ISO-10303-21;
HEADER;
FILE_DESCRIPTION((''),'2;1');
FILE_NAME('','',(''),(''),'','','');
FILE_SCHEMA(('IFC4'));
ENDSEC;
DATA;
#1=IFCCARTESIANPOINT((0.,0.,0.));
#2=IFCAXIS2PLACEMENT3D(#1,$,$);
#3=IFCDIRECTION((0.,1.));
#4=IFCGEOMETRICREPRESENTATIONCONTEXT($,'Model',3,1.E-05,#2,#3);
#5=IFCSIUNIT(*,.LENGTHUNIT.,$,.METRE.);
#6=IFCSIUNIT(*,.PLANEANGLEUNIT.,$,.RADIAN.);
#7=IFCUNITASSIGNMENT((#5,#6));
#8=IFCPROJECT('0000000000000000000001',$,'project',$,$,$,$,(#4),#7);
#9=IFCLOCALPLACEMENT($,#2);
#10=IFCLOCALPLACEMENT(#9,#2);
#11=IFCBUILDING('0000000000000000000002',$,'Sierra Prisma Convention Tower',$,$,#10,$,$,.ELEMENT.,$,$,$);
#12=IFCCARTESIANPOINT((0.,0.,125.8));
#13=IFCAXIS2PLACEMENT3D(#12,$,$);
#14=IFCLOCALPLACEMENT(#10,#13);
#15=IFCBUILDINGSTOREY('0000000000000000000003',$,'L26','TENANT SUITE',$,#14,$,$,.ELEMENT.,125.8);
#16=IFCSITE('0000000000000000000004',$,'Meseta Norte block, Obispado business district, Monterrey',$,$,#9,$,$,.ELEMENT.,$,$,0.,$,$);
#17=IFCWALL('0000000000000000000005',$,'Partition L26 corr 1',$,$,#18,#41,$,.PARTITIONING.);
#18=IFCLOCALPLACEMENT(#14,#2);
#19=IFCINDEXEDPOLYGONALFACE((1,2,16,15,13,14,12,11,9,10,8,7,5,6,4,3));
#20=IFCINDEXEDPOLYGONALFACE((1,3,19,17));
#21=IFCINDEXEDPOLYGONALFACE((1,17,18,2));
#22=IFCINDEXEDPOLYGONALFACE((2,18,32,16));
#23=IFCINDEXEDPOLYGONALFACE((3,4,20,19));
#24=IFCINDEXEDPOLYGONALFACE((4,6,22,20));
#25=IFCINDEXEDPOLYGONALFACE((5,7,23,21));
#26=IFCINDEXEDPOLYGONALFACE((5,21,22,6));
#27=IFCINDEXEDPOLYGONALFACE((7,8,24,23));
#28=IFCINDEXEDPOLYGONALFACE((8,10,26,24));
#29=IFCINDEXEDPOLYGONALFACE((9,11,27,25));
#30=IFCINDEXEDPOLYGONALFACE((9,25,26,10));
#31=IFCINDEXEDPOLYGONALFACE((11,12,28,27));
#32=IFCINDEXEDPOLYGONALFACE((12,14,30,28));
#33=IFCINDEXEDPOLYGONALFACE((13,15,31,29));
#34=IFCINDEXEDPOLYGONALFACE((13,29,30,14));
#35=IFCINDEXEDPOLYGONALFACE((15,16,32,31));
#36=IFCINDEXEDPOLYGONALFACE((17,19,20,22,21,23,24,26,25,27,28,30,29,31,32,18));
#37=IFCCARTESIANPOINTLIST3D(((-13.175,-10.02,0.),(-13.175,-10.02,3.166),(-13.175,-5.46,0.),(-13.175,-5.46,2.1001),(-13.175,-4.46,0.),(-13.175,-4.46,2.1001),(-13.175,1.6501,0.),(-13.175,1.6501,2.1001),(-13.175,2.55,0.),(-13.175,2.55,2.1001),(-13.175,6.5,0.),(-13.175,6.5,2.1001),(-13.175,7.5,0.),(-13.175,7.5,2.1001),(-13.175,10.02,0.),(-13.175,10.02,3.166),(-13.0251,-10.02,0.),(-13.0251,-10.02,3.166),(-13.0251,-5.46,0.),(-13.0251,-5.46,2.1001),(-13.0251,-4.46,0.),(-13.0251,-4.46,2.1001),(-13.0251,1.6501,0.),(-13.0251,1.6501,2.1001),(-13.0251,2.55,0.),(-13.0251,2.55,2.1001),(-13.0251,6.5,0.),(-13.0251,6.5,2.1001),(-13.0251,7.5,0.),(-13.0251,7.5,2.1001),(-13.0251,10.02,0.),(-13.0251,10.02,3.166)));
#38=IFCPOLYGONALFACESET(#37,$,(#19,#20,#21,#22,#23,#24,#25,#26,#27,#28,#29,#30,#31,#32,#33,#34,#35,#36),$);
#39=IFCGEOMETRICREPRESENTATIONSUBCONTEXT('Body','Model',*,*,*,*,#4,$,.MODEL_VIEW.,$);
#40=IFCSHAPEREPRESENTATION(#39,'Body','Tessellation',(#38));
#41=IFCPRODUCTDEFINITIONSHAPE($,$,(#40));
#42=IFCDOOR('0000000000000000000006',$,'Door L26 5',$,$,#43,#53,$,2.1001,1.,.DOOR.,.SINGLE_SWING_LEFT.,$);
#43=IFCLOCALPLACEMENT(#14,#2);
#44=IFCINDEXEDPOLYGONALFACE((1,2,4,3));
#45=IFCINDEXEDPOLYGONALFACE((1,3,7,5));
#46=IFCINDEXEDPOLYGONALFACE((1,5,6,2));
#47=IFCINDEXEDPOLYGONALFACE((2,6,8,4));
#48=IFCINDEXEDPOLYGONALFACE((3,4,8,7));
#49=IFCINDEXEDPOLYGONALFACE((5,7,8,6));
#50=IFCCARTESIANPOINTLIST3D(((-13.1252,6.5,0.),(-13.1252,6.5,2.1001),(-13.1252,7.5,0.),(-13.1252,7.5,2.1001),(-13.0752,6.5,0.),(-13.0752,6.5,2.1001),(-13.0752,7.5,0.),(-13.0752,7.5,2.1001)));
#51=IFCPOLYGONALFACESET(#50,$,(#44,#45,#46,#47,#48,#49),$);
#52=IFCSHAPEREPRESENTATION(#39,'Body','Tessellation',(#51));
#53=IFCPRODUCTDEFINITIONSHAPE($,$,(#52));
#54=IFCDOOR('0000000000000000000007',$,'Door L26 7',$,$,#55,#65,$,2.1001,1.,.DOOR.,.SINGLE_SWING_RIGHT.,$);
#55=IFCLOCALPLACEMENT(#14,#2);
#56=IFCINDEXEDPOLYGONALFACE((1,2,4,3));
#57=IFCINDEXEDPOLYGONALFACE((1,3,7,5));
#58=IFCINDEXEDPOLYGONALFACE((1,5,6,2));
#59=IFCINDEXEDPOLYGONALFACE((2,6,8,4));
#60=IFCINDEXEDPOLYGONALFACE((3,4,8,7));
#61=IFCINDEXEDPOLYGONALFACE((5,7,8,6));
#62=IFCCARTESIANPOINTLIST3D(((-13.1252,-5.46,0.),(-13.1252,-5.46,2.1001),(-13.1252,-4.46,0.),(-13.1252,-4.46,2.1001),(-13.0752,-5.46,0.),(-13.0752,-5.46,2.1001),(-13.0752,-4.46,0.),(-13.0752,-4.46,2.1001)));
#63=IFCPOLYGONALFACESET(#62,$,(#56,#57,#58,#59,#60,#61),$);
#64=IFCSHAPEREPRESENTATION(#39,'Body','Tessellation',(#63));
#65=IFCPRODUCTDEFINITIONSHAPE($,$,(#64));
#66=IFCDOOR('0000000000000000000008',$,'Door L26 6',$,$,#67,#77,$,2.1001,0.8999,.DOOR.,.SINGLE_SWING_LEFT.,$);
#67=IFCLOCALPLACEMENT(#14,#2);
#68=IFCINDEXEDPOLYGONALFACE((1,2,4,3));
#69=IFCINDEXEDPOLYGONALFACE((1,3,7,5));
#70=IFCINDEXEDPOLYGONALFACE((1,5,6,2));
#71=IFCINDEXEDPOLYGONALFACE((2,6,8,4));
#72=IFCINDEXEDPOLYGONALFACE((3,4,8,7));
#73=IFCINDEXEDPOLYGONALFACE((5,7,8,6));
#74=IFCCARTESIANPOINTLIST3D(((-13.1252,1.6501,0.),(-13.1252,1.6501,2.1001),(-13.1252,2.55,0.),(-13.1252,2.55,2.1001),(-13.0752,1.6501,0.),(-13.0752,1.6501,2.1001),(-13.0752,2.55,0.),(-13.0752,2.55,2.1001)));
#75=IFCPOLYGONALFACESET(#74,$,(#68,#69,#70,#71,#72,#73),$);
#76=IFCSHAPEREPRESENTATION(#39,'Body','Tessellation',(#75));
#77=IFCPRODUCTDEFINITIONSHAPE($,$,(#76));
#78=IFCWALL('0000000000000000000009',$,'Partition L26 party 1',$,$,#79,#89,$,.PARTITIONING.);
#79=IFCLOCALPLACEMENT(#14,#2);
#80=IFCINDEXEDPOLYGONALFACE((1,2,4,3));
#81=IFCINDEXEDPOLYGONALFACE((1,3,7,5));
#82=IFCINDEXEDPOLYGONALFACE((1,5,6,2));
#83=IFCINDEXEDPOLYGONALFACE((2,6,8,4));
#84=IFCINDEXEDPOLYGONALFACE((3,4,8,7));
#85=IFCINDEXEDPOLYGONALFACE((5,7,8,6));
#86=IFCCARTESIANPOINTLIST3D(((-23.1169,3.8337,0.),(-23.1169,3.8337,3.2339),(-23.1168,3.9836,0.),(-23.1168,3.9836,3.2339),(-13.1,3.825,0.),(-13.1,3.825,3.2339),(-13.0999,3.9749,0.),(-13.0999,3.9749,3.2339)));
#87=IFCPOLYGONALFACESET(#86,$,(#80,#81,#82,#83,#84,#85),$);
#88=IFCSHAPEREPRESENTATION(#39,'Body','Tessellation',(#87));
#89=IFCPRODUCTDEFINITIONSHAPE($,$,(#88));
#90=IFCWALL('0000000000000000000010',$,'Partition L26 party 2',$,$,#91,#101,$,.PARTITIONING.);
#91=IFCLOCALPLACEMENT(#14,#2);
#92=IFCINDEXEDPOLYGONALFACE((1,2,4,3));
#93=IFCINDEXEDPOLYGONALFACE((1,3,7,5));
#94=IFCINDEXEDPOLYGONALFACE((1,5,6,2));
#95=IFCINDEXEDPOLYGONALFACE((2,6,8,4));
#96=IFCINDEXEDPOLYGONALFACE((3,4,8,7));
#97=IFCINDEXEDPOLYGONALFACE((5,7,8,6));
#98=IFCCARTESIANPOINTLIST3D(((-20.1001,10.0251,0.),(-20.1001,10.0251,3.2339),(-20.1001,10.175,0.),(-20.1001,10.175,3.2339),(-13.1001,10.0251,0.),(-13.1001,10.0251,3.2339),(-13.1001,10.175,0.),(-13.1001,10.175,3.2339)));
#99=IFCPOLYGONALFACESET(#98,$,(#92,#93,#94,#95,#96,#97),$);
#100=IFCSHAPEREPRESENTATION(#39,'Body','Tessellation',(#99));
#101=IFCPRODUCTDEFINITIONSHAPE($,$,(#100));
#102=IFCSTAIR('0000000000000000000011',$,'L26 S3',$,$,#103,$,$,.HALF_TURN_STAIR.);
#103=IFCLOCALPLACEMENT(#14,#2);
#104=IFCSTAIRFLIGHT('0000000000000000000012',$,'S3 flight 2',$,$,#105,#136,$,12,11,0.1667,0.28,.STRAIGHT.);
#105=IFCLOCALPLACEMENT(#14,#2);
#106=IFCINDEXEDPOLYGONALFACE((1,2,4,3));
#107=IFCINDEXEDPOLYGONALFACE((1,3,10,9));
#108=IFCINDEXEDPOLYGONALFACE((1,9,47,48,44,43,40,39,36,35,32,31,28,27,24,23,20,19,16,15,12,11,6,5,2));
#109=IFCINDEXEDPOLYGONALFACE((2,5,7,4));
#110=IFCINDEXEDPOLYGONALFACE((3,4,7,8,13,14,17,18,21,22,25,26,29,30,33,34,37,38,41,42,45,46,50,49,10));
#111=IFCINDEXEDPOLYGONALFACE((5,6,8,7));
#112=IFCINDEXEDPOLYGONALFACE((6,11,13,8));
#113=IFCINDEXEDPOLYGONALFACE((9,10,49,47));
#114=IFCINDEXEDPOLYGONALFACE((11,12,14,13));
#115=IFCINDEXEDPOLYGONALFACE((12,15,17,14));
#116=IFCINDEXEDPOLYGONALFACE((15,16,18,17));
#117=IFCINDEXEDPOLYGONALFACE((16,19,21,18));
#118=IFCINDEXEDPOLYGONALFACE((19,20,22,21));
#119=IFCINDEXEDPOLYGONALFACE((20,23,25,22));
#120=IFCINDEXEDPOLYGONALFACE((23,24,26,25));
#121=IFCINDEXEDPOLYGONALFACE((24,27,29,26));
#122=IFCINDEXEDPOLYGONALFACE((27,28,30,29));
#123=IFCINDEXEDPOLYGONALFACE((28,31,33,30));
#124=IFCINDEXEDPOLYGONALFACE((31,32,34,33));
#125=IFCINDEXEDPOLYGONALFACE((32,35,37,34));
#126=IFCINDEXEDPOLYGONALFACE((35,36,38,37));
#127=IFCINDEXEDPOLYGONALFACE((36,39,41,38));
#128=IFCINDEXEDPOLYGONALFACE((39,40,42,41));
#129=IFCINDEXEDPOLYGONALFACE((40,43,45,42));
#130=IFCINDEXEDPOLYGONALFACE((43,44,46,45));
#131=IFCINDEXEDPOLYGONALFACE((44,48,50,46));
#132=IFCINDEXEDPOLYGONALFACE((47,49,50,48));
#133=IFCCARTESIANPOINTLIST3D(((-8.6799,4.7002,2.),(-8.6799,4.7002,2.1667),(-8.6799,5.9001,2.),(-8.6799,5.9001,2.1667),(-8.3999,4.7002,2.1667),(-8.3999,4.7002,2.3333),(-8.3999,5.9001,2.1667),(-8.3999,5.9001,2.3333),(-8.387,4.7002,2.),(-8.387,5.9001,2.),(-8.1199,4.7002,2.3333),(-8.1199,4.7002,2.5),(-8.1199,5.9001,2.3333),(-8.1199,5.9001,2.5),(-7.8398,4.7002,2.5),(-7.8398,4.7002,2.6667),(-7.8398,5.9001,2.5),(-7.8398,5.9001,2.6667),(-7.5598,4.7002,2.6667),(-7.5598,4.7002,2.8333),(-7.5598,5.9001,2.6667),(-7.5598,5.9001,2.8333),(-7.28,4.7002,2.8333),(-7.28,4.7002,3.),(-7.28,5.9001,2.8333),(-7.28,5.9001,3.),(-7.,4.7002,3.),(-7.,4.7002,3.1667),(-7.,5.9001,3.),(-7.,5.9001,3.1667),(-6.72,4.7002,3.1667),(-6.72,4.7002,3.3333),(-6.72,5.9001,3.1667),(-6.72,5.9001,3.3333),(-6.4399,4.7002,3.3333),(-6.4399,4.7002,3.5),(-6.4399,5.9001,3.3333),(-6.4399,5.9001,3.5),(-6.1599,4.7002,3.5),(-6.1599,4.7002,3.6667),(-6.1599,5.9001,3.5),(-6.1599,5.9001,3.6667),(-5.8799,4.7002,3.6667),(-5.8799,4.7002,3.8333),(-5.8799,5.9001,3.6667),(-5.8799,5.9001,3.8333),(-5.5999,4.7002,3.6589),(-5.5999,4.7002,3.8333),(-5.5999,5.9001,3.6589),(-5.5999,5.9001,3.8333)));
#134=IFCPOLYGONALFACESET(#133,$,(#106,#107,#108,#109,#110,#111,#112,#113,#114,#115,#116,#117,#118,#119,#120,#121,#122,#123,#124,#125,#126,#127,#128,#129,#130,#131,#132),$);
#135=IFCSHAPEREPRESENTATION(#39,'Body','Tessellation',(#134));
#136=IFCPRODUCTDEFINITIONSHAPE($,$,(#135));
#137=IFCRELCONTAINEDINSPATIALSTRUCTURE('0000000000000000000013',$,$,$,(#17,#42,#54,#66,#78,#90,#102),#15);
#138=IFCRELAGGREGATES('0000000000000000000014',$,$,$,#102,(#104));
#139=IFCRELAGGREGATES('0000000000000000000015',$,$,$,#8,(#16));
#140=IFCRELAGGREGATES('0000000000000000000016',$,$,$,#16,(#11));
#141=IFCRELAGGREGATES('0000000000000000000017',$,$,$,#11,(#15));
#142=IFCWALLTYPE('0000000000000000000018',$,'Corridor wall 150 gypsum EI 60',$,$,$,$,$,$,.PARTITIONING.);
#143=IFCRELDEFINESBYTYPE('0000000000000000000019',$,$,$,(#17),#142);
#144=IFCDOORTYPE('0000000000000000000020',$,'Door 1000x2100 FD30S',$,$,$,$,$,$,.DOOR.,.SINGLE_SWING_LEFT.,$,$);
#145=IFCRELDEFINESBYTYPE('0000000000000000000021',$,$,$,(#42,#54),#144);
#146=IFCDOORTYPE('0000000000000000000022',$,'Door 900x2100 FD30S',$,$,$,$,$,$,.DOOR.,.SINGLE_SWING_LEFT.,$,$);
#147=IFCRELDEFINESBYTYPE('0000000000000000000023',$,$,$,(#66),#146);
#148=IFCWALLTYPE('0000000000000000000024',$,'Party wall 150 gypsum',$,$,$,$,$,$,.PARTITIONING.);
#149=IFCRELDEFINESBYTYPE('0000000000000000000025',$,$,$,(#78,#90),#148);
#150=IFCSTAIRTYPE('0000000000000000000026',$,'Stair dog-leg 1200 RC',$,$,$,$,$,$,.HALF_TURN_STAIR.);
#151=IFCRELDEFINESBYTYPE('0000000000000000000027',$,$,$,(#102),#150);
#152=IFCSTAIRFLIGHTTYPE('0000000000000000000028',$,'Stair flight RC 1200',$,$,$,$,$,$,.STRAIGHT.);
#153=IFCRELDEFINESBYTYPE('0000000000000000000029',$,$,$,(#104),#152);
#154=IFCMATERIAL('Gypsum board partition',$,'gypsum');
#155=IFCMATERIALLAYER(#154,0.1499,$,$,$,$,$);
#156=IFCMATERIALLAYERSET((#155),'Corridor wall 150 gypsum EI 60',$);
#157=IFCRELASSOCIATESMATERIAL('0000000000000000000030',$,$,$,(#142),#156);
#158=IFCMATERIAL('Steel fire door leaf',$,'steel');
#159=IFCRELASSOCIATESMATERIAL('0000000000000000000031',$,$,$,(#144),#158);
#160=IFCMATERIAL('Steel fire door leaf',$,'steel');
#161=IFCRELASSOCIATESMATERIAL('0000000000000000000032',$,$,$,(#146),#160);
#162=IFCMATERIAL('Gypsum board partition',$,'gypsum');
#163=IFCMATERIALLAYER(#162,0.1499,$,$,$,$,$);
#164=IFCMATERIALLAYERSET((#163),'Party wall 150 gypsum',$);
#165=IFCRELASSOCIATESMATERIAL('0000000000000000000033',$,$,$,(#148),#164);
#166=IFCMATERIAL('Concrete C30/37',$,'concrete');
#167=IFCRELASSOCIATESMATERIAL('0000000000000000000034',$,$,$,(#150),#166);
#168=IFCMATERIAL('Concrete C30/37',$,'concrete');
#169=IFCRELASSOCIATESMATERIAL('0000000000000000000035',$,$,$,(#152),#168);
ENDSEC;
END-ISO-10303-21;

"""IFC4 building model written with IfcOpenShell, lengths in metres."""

from ifc_helpers import new_model, si_unit, direction, frame, frame_2d, origin, place, context, subcontext, project, spatial, polyline, rectangle, outline, extrude, material, layer, layer_set, type_object, element, fill, aggregate, save


model = new_model("IFC4")

# Units and contexts
model_context = context("Model", 3, precision=1e-05, world=origin(), true_north=direction((0.0, 1.0)))
body_context = subcontext(model_context, "Body", "Model", "MODEL_VIEW")
ifc_project = project(units=[si_unit("LENGTHUNIT", "METRE"), si_unit("PLANEANGLEUNIT", "RADIAN")], contexts=[model_context])

# Site, building, storey
site_placement = place(None, origin())
site = spatial("IfcSite", under=ifc_project, at=site_placement, Name="Meseta Norte block, Obispado business district, Monterrey", CompositionType="ELEMENT", RefElevation=0.0)
building_placement = place(site_placement, origin())
building = spatial("IfcBuilding", under=site, at=building_placement, Name="Sierra Prisma Convention Tower", CompositionType="ELEMENT")
storey_placement = place(building_placement, frame((0.0, 0.0, 125.8)))
storey = spatial("IfcBuildingStorey", under=building, at=storey_placement, Name="L26", Description="TENANT SUITE", CompositionType="ELEMENT", Elevation=125.8)

# Wall, openings, doors
ifc_material_1 = material(Name="Gypsum board partition", Category="gypsum")
ifc_layer_1 = layer(ifc_material_1, 0.1499)
ifc_layer_set_1 = layer_set([ifc_layer_1], Name="Corridor wall 150 gypsum EI 60")
wall_type_1 = type_object("IfcWallType", Name="Corridor wall 150 gypsum EI 60", PredefinedType="PARTITIONING", material=ifc_layer_set_1)
wall_1_placement = place(storey_placement, frame((-13.1001, 10.02, 0.0), z_axis=(0.0, 0.0, 1.0), x_axis=(0.0, -1.0, 0.0)))
wall_1 = element("IfcWall", 1, at=wall_1_placement, inside=storey, type_object=wall_type_1, Name="Partition L26 corr 1", PredefinedType="PARTITIONING", context=body_context, shape_type="SweptSolid", body=[
    extrude(rectangle(XDim=20.04, YDim=0.1499, at=frame_2d((10.02, 0.0))), origin(), (0.0, 0.0, 1.0), 3.166),
])
opening_1_placement = place(wall_1_placement, frame((2.52, 0.0, 0.0)))
opening_1 = element("IfcOpeningElement", 2, at=opening_1_placement, cuts=wall_1, PredefinedType="OPENING", context=body_context, shape_type="SweptSolid", body=[
    extrude(rectangle(XDim=1.0, YDim=2.1001, at=frame_2d((0.5, 1.05))), frame((0.0, 0.075, 0.0), z_axis=(0.0, -1.0, 0.0), x_axis=(1.0, 0.0, 0.0)), (0.0, 0.0, 1.0), 0.1499),
])
opening_2_placement = place(wall_1_placement, frame((7.47, 0.0, 0.0)))
opening_2 = element("IfcOpeningElement", 3, at=opening_2_placement, cuts=wall_1, PredefinedType="OPENING", context=body_context, shape_type="SweptSolid", body=[
    extrude(rectangle(XDim=0.8999, YDim=2.1001, at=frame_2d((0.45, 1.05))), frame((0.0, 0.075, 0.0), z_axis=(0.0, -1.0, 0.0), x_axis=(1.0, 0.0, 0.0)), (0.0, 0.0, 1.0), 0.1499),
])
opening_3_placement = place(wall_1_placement, frame((14.48, 0.0, 0.0)))
opening_3 = element("IfcOpeningElement", 4, at=opening_3_placement, cuts=wall_1, PredefinedType="OPENING", context=body_context, shape_type="SweptSolid", body=[
    extrude(rectangle(XDim=1.0, YDim=2.1001, at=frame_2d((0.5, 1.05))), frame((0.0, 0.075, 0.0), z_axis=(0.0, -1.0, 0.0), x_axis=(1.0, 0.0, 0.0)), (0.0, 0.0, 1.0), 0.1499),
])
ifc_material_2 = material(Name="Steel fire door leaf", Category="steel")
door_type_1 = type_object("IfcDoorType", Name="Door 1000x2100 FD30S", OperationType="SINGLE_SWING_LEFT", PredefinedType="DOOR", material=ifc_material_2)
door_1_placement = place(opening_1_placement, origin())
door_1 = element("IfcDoor", 5, at=door_1_placement, inside=storey, type_object=door_type_1, Name="Door L26 5", OperationType="SINGLE_SWING_LEFT", OverallHeight=2.1001, OverallWidth=1.0, PredefinedType="DOOR", context=body_context, shape_type="SweptSolid", body=[
    extrude(rectangle(XDim=1.0, YDim=2.1001, at=frame_2d((0.5, 1.05))), frame((0.0, 0.0249, 0.0), z_axis=(0.0, -1.0, 0.0), x_axis=(1.0, 0.0, 0.0)), (0.0, 0.0, 1.0), 0.05),
])
fill(opening_1, door_1)
door_2_placement = place(opening_3_placement, origin())
door_2 = element("IfcDoor", 6, at=door_2_placement, inside=storey, type_object=door_type_1, Name="Door L26 7", OperationType="SINGLE_SWING_RIGHT", OverallHeight=2.1001, OverallWidth=1.0, PredefinedType="DOOR", context=body_context, shape_type="SweptSolid", body=[
    extrude(rectangle(XDim=1.0, YDim=2.1001, at=frame_2d((0.5, 1.05))), frame((0.0, 0.0249, 0.0), z_axis=(0.0, -1.0, 0.0), x_axis=(1.0, 0.0, 0.0)), (0.0, 0.0, 1.0), 0.05),
])
fill(opening_3, door_2)
ifc_material_3 = material(Name="Steel fire door leaf", Category="steel")
door_type_2 = type_object("IfcDoorType", Name="Door 900x2100 FD30S", OperationType="SINGLE_SWING_LEFT", PredefinedType="DOOR", material=ifc_material_3)
door_3_placement = place(opening_2_placement, origin())
door_3 = element("IfcDoor", 7, at=door_3_placement, inside=storey, type_object=door_type_2, Name="Door L26 6", OperationType="SINGLE_SWING_LEFT", OverallHeight=2.1001, OverallWidth=0.8999, PredefinedType="DOOR", context=body_context, shape_type="SweptSolid", body=[
    extrude(rectangle(XDim=0.8999, YDim=2.1001, at=frame_2d((0.45, 1.05))), frame((0.0, 0.0249, 0.0), z_axis=(0.0, -1.0, 0.0), x_axis=(1.0, 0.0, 0.0)), (0.0, 0.0, 1.0), 0.05),
])
fill(opening_2, door_3)

# Walls
ifc_material_4 = material(Name="Gypsum board partition", Category="gypsum")
ifc_layer_2 = layer(ifc_material_4, 0.1499)
ifc_layer_set_2 = layer_set([ifc_layer_2], Name="Party wall 150 gypsum")
wall_type_2 = type_object("IfcWallType", Name="Party wall 150 gypsum", PredefinedType="PARTITIONING", material=ifc_layer_set_2)
wall_2_placement = place(storey_placement, frame((-13.1001, 3.8999, 0.0), z_axis=(0.0, 0.0, 1.0), x_axis=(-1.0, 0.000877, 0.0)))
element("IfcWall", 8, at=wall_2_placement, inside=storey, type_object=wall_type_2, Name="Partition L26 party 1", PredefinedType="PARTITIONING", context=body_context, shape_type="SweptSolid", body=[
    extrude(rectangle(XDim=10.0168, YDim=0.1499, at=frame_2d((5.0083, 0.0))), origin(), (0.0, 0.0, 1.0), 3.2339),
])
wall_3_placement = place(storey_placement, frame((-13.1001, 10.1001, 0.0), z_axis=(0.0, 0.0, 1.0), x_axis=(-1.0, 0.0, 0.0)))
element("IfcWall", 9, at=wall_3_placement, inside=storey, type_object=wall_type_2, Name="Partition L26 party 2", PredefinedType="PARTITIONING", context=body_context, shape_type="SweptSolid", body=[
    extrude(rectangle(XDim=7.0, YDim=0.1499, at=frame_2d((3.5, 0.0))), origin(), (0.0, 0.0, 1.0), 3.2339),
])

# Stair, stair flight
ifc_material_5 = material(Name="Concrete C30/37", Category="concrete")
stair_type = type_object("IfcStairType", Name="Stair dog-leg 1200 RC", PredefinedType="HALF_TURN_STAIR", material=ifc_material_5)
stair_placement = place(storey_placement, origin())
stair = element("IfcStair", 10, at=stair_placement, inside=storey, type_object=stair_type, Name="L26 S3", PredefinedType="HALF_TURN_STAIR")
ifc_material_6 = material(Name="Concrete C30/37", Category="concrete")
stair_flight_type = type_object("IfcStairFlightType", Name="Stair flight RC 1200", PredefinedType="STRAIGHT", material=ifc_material_6)
stair_flight_placement = place(storey_placement, frame((-8.6799, 5.3, 2.0), z_axis=(0.0, 0.0, 1.0), x_axis=(1.0, 0.0, 0.0)))
stair_flight = element("IfcStairFlight", 11, at=stair_flight_placement, type_object=stair_flight_type, Name="S3 flight 2", NumberOfRisers=12, NumberOfTreads=11, PredefinedType="STRAIGHT", RiserHeight=0.1667, TreadLength=0.28, context=body_context, shape_type="SweptSolid", body=[
    extrude(outline(polyline([(0.0, 0.0), (0.0, 0.1667), (0.28, 0.1667), (0.28, 0.3333), (0.5601, 0.3333), (0.5601, 0.5), (0.8401, 0.5), (0.8401, 0.6667), (1.1201, 0.6667), (1.1201, 0.8333), (1.3999, 0.8333), (1.3999, 1.0), (1.6799, 1.0), (1.6799, 1.1667), (1.96, 1.1667), (1.96, 1.3333), (2.24, 1.3333), (2.24, 1.5), (2.52, 1.5), (2.52, 1.6667), (2.8, 1.6667), (2.8, 1.8333), (3.0801, 1.8333), (3.0801, 2.0), (3.0801, 1.6589), (0.293, 0.0), (0.0, 0.0)])), frame((0.0, 0.6001, 0.0), z_axis=(0.0, -1.0, 0.0), x_axis=(1.0, 0.0, 0.0)), (0.0, 0.0, 1.0), 1.2),
])
aggregate(stair, [stair_flight])

save(model, "model.ifc")
